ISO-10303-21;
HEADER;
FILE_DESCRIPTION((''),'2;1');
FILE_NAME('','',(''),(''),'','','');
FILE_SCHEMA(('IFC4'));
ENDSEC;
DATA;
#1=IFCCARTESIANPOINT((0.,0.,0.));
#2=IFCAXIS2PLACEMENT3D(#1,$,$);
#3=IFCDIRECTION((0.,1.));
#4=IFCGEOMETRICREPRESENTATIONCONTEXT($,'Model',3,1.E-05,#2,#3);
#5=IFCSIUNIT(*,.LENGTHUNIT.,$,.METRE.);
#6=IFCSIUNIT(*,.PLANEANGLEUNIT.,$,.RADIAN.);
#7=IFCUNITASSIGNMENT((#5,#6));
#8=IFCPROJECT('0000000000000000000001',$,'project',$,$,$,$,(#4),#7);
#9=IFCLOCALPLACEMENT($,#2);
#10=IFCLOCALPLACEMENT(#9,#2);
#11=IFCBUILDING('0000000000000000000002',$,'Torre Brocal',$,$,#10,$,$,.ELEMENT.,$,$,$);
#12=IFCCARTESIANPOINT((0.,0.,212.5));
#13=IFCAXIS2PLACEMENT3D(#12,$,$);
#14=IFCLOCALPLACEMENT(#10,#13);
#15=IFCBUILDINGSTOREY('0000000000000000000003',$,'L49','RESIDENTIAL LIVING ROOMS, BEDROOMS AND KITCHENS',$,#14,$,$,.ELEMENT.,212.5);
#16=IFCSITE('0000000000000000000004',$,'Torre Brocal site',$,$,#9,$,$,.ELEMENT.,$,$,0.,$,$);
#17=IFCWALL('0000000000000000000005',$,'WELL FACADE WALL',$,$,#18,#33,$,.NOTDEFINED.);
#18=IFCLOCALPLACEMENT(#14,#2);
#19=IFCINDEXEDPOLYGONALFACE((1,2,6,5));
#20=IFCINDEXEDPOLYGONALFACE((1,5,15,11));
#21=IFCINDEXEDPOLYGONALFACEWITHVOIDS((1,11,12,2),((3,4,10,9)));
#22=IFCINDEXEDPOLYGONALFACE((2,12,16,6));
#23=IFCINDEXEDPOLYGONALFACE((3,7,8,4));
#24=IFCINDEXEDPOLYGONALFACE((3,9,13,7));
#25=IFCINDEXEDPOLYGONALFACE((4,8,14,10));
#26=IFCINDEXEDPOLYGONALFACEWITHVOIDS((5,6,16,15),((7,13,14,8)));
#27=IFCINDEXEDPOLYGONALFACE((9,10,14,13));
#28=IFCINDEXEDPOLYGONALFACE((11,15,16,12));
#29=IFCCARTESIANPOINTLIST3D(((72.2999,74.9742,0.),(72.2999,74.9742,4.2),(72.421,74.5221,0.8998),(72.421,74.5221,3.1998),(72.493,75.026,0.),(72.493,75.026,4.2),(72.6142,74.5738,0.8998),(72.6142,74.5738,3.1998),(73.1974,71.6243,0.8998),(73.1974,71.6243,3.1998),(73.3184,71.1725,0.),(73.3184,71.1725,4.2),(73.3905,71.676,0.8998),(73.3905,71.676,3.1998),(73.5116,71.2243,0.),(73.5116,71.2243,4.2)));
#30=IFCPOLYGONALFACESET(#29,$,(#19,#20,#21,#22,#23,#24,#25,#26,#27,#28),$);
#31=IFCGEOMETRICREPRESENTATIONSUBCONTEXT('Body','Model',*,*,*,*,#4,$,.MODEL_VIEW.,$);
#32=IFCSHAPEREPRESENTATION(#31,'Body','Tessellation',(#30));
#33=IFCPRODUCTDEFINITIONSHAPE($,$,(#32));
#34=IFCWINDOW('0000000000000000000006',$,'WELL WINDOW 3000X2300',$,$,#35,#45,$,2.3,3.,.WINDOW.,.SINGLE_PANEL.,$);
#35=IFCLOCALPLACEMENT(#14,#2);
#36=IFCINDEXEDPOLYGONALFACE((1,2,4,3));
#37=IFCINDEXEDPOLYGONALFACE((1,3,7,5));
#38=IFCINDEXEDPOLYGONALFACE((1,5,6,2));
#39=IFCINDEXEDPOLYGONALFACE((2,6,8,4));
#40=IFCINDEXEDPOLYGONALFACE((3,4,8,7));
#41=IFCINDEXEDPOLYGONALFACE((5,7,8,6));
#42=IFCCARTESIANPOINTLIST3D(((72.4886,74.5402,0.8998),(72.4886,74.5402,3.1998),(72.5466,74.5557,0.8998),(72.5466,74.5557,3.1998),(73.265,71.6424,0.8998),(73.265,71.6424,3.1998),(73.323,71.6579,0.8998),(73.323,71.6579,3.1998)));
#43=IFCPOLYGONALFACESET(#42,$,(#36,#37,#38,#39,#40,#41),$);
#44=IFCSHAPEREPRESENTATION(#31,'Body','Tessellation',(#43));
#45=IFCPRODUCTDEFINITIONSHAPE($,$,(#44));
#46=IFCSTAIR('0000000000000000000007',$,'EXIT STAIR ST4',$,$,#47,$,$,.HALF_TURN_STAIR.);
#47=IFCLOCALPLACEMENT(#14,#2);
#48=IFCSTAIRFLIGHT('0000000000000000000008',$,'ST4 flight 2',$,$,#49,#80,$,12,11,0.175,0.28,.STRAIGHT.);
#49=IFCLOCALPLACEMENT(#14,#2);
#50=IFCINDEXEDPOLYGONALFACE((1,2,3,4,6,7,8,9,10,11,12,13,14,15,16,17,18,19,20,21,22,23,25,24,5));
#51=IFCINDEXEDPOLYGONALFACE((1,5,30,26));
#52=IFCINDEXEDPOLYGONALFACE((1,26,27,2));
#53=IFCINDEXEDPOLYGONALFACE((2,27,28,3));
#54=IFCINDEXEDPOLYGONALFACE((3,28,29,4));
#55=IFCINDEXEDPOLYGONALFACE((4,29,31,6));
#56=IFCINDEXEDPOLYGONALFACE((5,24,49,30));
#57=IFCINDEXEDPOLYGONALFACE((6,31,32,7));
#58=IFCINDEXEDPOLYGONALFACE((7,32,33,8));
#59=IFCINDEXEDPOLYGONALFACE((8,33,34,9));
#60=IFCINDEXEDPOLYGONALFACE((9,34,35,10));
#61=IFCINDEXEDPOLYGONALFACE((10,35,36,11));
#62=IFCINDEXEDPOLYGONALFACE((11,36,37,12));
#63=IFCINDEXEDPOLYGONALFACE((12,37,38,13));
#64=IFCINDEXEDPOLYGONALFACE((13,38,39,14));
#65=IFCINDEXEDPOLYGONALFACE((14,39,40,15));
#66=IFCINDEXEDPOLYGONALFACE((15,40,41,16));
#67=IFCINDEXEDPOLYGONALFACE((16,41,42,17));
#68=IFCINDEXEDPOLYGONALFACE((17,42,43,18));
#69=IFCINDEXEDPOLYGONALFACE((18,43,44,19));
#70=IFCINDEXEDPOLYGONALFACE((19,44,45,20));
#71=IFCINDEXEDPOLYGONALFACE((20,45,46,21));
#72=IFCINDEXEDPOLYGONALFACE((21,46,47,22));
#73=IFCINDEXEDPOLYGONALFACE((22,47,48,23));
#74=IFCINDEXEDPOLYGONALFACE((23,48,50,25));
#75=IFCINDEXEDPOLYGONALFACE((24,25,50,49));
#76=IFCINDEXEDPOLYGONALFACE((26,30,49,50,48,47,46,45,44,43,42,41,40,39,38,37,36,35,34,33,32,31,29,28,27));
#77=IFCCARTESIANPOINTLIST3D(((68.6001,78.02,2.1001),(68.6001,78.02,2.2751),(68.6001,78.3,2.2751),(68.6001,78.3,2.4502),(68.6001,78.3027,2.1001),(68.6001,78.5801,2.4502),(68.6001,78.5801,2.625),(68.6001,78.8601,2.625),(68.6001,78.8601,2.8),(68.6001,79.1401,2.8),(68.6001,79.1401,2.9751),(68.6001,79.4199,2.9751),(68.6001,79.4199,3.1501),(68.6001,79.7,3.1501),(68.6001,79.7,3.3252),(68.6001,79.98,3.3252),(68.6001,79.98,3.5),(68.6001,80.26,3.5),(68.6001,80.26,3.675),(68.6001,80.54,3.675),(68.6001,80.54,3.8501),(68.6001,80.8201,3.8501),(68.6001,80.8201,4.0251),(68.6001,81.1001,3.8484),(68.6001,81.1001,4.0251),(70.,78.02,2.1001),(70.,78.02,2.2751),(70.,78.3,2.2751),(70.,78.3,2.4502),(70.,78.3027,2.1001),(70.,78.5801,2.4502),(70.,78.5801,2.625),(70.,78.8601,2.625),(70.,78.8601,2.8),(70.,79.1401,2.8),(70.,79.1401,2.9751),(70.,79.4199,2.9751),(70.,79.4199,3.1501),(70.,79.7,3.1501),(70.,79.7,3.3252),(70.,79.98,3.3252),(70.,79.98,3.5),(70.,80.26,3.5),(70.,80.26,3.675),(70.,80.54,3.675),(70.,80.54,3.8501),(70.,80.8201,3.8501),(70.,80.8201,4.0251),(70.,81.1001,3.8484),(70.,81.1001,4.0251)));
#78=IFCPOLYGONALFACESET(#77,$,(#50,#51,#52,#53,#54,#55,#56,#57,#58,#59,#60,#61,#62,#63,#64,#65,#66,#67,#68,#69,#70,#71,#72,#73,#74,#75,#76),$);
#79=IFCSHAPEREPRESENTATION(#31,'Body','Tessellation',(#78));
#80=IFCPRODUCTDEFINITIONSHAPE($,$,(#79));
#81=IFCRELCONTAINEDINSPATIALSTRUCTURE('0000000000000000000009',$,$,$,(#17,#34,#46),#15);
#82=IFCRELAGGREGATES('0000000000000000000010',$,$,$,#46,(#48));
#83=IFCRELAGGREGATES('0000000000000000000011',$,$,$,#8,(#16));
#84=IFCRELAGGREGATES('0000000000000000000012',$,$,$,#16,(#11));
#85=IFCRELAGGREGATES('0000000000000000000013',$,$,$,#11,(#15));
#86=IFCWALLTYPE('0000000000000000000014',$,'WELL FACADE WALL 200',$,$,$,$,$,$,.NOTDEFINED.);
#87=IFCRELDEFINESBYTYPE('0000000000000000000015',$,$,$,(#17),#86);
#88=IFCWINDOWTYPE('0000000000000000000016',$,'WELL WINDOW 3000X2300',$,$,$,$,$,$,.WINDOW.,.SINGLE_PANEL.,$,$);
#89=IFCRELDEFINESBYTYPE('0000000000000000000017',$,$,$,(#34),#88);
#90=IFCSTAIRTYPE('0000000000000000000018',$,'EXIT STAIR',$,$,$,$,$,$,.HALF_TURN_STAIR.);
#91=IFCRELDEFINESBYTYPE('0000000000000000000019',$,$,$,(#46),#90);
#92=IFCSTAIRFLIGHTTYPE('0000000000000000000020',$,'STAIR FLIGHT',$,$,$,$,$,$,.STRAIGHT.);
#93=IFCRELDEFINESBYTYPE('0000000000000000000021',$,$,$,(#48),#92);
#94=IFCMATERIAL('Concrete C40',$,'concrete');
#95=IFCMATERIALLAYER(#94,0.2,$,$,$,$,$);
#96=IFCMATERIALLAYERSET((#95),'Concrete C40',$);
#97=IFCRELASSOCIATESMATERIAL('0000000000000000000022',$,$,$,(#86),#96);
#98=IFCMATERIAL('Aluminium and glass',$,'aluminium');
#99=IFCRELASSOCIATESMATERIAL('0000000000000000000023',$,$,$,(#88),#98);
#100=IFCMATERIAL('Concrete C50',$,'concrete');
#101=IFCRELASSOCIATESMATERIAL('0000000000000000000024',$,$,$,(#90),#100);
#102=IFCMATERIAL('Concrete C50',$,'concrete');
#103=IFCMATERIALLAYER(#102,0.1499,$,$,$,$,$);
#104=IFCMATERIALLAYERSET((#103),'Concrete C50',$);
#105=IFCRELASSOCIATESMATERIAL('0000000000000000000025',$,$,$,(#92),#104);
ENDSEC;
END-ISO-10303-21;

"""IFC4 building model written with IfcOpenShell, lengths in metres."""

from ifc_helpers import new_model, si_unit, direction, frame, frame_2d, origin, place, context, subcontext, project, spatial, polyline, rectangle, outline, extrude, material, layer, layer_set, type_object, element, fill, aggregate, save


model = new_model("IFC4")

# Units and contexts
model_context = context("Model", 3, precision=1e-05, world=origin(), true_north=direction((0.0, 1.0)))
body_context = subcontext(model_context, "Body", "Model", "MODEL_VIEW")
ifc_project = project(units=[si_unit("LENGTHUNIT", "METRE"), si_unit("PLANEANGLEUNIT", "RADIAN")], contexts=[model_context])

# Site, building, storey
site_placement = place(None, origin())
site = spatial("IfcSite", under=ifc_project, at=site_placement, Name="Torre Brocal site", CompositionType="ELEMENT", RefElevation=0.0)
building_placement = place(site_placement, origin())
building = spatial("IfcBuilding", under=site, at=building_placement, Name="Torre Brocal", CompositionType="ELEMENT")
storey_placement = place(building_placement, frame((0.0, 0.0, 212.5)))
storey = spatial("IfcBuildingStorey", under=building, at=storey_placement, Name="L49", Description="RESIDENTIAL LIVING ROOMS, BEDROOMS AND KITCHENS", CompositionType="ELEMENT", Elevation=212.5)

# Wall, opening, window
ifc_material_1 = material(Name="Concrete C40", Category="concrete")
ifc_layer_1 = layer(ifc_material_1, 0.2)
ifc_layer_set_1 = layer_set([ifc_layer_1], Name="Concrete C40")
wall_type_1 = type_object("IfcWallType", Name="WELL FACADE WALL 200", PredefinedType="NOTDEFINED", material=ifc_layer_set_1)
ifc_material_2 = material(Name="Aluminium and glass", Category="aluminium")
window_type = type_object("IfcWindowType", Name="WELL WINDOW 3000X2300", PartitioningType="SINGLE_PANEL", PredefinedType="WINDOW", material=ifc_material_2)
wall_1_placement = place(storey_placement, frame((72.3965, 75.0, 0.0), z_axis=(0.0, 0.0, 1.0), x_axis=(0.25879, -0.965934, 0.0)))
wall_1 = element("IfcWall", 1, at=wall_1_placement, inside=storey, type_object=wall_type_1, Name="WELL FACADE WALL", PredefinedType="NOTDEFINED", context=body_context, shape_type="SweptSolid", body=[
    extrude(rectangle(XDim=3.9358, YDim=0.2, at=frame_2d((1.9678, 0.0))), origin(), (0.0, 0.0, 1.0), 4.2),
])
opening_1_placement = place(wall_1_placement, frame((0.468, 0.0, 0.8999)))
opening_1 = element("IfcOpeningElement", 2, at=opening_1_placement, cuts=wall_1, PredefinedType="OPENING", context=body_context, shape_type="SweptSolid", body=[
    extrude(rectangle(XDim=3.0, YDim=2.3, at=frame_2d((1.5, 1.1499))), frame((0.0, 0.1099, 0.0), z_axis=(0.0, -1.0, 0.0), x_axis=(1.0, 0.0, 0.0)), (0.0, 0.0, 1.0), 0.22),
])
window_1_placement = place(opening_1_placement, origin())
window_1 = element("IfcWindow", 3, at=window_1_placement, inside=storey, type_object=window_type, Name="WELL WINDOW 3000X2300", OverallHeight=2.3, OverallWidth=3.0, PartitioningType="SINGLE_PANEL", PredefinedType="WINDOW", context=body_context, shape_type="SweptSolid", body=[
    extrude(rectangle(XDim=3.0, YDim=2.3, at=frame_2d((1.5, 1.1499))), frame((0.0, 0.03, 0.0), z_axis=(0.0, -1.0, 0.0), x_axis=(1.0, 0.0, 0.0)), (0.0, 0.0, 1.0), 0.0601),
])
fill(opening_1, window_1)

# Stair, stair flight
ifc_material_3 = material(Name="Concrete C50", Category="concrete")
stair_type = type_object("IfcStairType", Name="EXIT STAIR", PredefinedType="HALF_TURN_STAIR", material=ifc_material_3)
stair_placement = place(storey_placement, origin())
stair = element("IfcStair", 4, at=stair_placement, inside=storey, type_object=stair_type, Name="EXIT STAIR ST4", PredefinedType="HALF_TURN_STAIR")
ifc_material_4 = material(Name="Concrete C50", Category="concrete")
ifc_layer_2 = layer(ifc_material_4, 0.1499)
ifc_layer_set_2 = layer_set([ifc_layer_2], Name="Concrete C50")
stair_flight_type = type_object("IfcStairFlightType", Name="STAIR FLIGHT", PredefinedType="STRAIGHT", material=ifc_layer_set_2)
stair_flight_placement = place(storey_placement, frame((69.3, 78.02, 2.1001), z_axis=(0.0, 0.0, 1.0), x_axis=(0.0, 1.0, 0.0)))
stair_flight = element("IfcStairFlight", 5, at=stair_flight_placement, type_object=stair_flight_type, Name="ST4 flight 2", NumberOfRisers=12, NumberOfTreads=11, PredefinedType="STRAIGHT", RiserHeight=0.175, TreadLength=0.28, context=body_context, shape_type="SweptSolid", body=[
    extrude(outline(polyline([(0.0, 0.0), (0.0, 0.175), (0.28, 0.175), (0.28, 0.3501), (0.5601, 0.3501), (0.5601, 0.5249), (0.8401, 0.5249), (0.8401, 0.7), (1.1201, 0.7), (1.1201, 0.875), (1.3999, 0.875), (1.3999, 1.05), (1.6799, 1.05), (1.6799, 1.2251), (1.96, 1.2251), (1.96, 1.3999), (2.24, 1.3999), (2.24, 1.575), (2.52, 1.575), (2.52, 1.75), (2.8, 1.75), (2.8, 1.925), (3.0801, 1.925), (3.0801, 2.1001), (3.0801, 1.7483), (0.2827, 0.0), (0.0, 0.0)])), frame((0.0, 0.7, 0.0), z_axis=(0.0, -1.0, 0.0), x_axis=(1.0, 0.0, 0.0)), (0.0, 0.0, 1.0), 1.3999),
])
aggregate(stair, [stair_flight])

save(model, "model.ifc")
